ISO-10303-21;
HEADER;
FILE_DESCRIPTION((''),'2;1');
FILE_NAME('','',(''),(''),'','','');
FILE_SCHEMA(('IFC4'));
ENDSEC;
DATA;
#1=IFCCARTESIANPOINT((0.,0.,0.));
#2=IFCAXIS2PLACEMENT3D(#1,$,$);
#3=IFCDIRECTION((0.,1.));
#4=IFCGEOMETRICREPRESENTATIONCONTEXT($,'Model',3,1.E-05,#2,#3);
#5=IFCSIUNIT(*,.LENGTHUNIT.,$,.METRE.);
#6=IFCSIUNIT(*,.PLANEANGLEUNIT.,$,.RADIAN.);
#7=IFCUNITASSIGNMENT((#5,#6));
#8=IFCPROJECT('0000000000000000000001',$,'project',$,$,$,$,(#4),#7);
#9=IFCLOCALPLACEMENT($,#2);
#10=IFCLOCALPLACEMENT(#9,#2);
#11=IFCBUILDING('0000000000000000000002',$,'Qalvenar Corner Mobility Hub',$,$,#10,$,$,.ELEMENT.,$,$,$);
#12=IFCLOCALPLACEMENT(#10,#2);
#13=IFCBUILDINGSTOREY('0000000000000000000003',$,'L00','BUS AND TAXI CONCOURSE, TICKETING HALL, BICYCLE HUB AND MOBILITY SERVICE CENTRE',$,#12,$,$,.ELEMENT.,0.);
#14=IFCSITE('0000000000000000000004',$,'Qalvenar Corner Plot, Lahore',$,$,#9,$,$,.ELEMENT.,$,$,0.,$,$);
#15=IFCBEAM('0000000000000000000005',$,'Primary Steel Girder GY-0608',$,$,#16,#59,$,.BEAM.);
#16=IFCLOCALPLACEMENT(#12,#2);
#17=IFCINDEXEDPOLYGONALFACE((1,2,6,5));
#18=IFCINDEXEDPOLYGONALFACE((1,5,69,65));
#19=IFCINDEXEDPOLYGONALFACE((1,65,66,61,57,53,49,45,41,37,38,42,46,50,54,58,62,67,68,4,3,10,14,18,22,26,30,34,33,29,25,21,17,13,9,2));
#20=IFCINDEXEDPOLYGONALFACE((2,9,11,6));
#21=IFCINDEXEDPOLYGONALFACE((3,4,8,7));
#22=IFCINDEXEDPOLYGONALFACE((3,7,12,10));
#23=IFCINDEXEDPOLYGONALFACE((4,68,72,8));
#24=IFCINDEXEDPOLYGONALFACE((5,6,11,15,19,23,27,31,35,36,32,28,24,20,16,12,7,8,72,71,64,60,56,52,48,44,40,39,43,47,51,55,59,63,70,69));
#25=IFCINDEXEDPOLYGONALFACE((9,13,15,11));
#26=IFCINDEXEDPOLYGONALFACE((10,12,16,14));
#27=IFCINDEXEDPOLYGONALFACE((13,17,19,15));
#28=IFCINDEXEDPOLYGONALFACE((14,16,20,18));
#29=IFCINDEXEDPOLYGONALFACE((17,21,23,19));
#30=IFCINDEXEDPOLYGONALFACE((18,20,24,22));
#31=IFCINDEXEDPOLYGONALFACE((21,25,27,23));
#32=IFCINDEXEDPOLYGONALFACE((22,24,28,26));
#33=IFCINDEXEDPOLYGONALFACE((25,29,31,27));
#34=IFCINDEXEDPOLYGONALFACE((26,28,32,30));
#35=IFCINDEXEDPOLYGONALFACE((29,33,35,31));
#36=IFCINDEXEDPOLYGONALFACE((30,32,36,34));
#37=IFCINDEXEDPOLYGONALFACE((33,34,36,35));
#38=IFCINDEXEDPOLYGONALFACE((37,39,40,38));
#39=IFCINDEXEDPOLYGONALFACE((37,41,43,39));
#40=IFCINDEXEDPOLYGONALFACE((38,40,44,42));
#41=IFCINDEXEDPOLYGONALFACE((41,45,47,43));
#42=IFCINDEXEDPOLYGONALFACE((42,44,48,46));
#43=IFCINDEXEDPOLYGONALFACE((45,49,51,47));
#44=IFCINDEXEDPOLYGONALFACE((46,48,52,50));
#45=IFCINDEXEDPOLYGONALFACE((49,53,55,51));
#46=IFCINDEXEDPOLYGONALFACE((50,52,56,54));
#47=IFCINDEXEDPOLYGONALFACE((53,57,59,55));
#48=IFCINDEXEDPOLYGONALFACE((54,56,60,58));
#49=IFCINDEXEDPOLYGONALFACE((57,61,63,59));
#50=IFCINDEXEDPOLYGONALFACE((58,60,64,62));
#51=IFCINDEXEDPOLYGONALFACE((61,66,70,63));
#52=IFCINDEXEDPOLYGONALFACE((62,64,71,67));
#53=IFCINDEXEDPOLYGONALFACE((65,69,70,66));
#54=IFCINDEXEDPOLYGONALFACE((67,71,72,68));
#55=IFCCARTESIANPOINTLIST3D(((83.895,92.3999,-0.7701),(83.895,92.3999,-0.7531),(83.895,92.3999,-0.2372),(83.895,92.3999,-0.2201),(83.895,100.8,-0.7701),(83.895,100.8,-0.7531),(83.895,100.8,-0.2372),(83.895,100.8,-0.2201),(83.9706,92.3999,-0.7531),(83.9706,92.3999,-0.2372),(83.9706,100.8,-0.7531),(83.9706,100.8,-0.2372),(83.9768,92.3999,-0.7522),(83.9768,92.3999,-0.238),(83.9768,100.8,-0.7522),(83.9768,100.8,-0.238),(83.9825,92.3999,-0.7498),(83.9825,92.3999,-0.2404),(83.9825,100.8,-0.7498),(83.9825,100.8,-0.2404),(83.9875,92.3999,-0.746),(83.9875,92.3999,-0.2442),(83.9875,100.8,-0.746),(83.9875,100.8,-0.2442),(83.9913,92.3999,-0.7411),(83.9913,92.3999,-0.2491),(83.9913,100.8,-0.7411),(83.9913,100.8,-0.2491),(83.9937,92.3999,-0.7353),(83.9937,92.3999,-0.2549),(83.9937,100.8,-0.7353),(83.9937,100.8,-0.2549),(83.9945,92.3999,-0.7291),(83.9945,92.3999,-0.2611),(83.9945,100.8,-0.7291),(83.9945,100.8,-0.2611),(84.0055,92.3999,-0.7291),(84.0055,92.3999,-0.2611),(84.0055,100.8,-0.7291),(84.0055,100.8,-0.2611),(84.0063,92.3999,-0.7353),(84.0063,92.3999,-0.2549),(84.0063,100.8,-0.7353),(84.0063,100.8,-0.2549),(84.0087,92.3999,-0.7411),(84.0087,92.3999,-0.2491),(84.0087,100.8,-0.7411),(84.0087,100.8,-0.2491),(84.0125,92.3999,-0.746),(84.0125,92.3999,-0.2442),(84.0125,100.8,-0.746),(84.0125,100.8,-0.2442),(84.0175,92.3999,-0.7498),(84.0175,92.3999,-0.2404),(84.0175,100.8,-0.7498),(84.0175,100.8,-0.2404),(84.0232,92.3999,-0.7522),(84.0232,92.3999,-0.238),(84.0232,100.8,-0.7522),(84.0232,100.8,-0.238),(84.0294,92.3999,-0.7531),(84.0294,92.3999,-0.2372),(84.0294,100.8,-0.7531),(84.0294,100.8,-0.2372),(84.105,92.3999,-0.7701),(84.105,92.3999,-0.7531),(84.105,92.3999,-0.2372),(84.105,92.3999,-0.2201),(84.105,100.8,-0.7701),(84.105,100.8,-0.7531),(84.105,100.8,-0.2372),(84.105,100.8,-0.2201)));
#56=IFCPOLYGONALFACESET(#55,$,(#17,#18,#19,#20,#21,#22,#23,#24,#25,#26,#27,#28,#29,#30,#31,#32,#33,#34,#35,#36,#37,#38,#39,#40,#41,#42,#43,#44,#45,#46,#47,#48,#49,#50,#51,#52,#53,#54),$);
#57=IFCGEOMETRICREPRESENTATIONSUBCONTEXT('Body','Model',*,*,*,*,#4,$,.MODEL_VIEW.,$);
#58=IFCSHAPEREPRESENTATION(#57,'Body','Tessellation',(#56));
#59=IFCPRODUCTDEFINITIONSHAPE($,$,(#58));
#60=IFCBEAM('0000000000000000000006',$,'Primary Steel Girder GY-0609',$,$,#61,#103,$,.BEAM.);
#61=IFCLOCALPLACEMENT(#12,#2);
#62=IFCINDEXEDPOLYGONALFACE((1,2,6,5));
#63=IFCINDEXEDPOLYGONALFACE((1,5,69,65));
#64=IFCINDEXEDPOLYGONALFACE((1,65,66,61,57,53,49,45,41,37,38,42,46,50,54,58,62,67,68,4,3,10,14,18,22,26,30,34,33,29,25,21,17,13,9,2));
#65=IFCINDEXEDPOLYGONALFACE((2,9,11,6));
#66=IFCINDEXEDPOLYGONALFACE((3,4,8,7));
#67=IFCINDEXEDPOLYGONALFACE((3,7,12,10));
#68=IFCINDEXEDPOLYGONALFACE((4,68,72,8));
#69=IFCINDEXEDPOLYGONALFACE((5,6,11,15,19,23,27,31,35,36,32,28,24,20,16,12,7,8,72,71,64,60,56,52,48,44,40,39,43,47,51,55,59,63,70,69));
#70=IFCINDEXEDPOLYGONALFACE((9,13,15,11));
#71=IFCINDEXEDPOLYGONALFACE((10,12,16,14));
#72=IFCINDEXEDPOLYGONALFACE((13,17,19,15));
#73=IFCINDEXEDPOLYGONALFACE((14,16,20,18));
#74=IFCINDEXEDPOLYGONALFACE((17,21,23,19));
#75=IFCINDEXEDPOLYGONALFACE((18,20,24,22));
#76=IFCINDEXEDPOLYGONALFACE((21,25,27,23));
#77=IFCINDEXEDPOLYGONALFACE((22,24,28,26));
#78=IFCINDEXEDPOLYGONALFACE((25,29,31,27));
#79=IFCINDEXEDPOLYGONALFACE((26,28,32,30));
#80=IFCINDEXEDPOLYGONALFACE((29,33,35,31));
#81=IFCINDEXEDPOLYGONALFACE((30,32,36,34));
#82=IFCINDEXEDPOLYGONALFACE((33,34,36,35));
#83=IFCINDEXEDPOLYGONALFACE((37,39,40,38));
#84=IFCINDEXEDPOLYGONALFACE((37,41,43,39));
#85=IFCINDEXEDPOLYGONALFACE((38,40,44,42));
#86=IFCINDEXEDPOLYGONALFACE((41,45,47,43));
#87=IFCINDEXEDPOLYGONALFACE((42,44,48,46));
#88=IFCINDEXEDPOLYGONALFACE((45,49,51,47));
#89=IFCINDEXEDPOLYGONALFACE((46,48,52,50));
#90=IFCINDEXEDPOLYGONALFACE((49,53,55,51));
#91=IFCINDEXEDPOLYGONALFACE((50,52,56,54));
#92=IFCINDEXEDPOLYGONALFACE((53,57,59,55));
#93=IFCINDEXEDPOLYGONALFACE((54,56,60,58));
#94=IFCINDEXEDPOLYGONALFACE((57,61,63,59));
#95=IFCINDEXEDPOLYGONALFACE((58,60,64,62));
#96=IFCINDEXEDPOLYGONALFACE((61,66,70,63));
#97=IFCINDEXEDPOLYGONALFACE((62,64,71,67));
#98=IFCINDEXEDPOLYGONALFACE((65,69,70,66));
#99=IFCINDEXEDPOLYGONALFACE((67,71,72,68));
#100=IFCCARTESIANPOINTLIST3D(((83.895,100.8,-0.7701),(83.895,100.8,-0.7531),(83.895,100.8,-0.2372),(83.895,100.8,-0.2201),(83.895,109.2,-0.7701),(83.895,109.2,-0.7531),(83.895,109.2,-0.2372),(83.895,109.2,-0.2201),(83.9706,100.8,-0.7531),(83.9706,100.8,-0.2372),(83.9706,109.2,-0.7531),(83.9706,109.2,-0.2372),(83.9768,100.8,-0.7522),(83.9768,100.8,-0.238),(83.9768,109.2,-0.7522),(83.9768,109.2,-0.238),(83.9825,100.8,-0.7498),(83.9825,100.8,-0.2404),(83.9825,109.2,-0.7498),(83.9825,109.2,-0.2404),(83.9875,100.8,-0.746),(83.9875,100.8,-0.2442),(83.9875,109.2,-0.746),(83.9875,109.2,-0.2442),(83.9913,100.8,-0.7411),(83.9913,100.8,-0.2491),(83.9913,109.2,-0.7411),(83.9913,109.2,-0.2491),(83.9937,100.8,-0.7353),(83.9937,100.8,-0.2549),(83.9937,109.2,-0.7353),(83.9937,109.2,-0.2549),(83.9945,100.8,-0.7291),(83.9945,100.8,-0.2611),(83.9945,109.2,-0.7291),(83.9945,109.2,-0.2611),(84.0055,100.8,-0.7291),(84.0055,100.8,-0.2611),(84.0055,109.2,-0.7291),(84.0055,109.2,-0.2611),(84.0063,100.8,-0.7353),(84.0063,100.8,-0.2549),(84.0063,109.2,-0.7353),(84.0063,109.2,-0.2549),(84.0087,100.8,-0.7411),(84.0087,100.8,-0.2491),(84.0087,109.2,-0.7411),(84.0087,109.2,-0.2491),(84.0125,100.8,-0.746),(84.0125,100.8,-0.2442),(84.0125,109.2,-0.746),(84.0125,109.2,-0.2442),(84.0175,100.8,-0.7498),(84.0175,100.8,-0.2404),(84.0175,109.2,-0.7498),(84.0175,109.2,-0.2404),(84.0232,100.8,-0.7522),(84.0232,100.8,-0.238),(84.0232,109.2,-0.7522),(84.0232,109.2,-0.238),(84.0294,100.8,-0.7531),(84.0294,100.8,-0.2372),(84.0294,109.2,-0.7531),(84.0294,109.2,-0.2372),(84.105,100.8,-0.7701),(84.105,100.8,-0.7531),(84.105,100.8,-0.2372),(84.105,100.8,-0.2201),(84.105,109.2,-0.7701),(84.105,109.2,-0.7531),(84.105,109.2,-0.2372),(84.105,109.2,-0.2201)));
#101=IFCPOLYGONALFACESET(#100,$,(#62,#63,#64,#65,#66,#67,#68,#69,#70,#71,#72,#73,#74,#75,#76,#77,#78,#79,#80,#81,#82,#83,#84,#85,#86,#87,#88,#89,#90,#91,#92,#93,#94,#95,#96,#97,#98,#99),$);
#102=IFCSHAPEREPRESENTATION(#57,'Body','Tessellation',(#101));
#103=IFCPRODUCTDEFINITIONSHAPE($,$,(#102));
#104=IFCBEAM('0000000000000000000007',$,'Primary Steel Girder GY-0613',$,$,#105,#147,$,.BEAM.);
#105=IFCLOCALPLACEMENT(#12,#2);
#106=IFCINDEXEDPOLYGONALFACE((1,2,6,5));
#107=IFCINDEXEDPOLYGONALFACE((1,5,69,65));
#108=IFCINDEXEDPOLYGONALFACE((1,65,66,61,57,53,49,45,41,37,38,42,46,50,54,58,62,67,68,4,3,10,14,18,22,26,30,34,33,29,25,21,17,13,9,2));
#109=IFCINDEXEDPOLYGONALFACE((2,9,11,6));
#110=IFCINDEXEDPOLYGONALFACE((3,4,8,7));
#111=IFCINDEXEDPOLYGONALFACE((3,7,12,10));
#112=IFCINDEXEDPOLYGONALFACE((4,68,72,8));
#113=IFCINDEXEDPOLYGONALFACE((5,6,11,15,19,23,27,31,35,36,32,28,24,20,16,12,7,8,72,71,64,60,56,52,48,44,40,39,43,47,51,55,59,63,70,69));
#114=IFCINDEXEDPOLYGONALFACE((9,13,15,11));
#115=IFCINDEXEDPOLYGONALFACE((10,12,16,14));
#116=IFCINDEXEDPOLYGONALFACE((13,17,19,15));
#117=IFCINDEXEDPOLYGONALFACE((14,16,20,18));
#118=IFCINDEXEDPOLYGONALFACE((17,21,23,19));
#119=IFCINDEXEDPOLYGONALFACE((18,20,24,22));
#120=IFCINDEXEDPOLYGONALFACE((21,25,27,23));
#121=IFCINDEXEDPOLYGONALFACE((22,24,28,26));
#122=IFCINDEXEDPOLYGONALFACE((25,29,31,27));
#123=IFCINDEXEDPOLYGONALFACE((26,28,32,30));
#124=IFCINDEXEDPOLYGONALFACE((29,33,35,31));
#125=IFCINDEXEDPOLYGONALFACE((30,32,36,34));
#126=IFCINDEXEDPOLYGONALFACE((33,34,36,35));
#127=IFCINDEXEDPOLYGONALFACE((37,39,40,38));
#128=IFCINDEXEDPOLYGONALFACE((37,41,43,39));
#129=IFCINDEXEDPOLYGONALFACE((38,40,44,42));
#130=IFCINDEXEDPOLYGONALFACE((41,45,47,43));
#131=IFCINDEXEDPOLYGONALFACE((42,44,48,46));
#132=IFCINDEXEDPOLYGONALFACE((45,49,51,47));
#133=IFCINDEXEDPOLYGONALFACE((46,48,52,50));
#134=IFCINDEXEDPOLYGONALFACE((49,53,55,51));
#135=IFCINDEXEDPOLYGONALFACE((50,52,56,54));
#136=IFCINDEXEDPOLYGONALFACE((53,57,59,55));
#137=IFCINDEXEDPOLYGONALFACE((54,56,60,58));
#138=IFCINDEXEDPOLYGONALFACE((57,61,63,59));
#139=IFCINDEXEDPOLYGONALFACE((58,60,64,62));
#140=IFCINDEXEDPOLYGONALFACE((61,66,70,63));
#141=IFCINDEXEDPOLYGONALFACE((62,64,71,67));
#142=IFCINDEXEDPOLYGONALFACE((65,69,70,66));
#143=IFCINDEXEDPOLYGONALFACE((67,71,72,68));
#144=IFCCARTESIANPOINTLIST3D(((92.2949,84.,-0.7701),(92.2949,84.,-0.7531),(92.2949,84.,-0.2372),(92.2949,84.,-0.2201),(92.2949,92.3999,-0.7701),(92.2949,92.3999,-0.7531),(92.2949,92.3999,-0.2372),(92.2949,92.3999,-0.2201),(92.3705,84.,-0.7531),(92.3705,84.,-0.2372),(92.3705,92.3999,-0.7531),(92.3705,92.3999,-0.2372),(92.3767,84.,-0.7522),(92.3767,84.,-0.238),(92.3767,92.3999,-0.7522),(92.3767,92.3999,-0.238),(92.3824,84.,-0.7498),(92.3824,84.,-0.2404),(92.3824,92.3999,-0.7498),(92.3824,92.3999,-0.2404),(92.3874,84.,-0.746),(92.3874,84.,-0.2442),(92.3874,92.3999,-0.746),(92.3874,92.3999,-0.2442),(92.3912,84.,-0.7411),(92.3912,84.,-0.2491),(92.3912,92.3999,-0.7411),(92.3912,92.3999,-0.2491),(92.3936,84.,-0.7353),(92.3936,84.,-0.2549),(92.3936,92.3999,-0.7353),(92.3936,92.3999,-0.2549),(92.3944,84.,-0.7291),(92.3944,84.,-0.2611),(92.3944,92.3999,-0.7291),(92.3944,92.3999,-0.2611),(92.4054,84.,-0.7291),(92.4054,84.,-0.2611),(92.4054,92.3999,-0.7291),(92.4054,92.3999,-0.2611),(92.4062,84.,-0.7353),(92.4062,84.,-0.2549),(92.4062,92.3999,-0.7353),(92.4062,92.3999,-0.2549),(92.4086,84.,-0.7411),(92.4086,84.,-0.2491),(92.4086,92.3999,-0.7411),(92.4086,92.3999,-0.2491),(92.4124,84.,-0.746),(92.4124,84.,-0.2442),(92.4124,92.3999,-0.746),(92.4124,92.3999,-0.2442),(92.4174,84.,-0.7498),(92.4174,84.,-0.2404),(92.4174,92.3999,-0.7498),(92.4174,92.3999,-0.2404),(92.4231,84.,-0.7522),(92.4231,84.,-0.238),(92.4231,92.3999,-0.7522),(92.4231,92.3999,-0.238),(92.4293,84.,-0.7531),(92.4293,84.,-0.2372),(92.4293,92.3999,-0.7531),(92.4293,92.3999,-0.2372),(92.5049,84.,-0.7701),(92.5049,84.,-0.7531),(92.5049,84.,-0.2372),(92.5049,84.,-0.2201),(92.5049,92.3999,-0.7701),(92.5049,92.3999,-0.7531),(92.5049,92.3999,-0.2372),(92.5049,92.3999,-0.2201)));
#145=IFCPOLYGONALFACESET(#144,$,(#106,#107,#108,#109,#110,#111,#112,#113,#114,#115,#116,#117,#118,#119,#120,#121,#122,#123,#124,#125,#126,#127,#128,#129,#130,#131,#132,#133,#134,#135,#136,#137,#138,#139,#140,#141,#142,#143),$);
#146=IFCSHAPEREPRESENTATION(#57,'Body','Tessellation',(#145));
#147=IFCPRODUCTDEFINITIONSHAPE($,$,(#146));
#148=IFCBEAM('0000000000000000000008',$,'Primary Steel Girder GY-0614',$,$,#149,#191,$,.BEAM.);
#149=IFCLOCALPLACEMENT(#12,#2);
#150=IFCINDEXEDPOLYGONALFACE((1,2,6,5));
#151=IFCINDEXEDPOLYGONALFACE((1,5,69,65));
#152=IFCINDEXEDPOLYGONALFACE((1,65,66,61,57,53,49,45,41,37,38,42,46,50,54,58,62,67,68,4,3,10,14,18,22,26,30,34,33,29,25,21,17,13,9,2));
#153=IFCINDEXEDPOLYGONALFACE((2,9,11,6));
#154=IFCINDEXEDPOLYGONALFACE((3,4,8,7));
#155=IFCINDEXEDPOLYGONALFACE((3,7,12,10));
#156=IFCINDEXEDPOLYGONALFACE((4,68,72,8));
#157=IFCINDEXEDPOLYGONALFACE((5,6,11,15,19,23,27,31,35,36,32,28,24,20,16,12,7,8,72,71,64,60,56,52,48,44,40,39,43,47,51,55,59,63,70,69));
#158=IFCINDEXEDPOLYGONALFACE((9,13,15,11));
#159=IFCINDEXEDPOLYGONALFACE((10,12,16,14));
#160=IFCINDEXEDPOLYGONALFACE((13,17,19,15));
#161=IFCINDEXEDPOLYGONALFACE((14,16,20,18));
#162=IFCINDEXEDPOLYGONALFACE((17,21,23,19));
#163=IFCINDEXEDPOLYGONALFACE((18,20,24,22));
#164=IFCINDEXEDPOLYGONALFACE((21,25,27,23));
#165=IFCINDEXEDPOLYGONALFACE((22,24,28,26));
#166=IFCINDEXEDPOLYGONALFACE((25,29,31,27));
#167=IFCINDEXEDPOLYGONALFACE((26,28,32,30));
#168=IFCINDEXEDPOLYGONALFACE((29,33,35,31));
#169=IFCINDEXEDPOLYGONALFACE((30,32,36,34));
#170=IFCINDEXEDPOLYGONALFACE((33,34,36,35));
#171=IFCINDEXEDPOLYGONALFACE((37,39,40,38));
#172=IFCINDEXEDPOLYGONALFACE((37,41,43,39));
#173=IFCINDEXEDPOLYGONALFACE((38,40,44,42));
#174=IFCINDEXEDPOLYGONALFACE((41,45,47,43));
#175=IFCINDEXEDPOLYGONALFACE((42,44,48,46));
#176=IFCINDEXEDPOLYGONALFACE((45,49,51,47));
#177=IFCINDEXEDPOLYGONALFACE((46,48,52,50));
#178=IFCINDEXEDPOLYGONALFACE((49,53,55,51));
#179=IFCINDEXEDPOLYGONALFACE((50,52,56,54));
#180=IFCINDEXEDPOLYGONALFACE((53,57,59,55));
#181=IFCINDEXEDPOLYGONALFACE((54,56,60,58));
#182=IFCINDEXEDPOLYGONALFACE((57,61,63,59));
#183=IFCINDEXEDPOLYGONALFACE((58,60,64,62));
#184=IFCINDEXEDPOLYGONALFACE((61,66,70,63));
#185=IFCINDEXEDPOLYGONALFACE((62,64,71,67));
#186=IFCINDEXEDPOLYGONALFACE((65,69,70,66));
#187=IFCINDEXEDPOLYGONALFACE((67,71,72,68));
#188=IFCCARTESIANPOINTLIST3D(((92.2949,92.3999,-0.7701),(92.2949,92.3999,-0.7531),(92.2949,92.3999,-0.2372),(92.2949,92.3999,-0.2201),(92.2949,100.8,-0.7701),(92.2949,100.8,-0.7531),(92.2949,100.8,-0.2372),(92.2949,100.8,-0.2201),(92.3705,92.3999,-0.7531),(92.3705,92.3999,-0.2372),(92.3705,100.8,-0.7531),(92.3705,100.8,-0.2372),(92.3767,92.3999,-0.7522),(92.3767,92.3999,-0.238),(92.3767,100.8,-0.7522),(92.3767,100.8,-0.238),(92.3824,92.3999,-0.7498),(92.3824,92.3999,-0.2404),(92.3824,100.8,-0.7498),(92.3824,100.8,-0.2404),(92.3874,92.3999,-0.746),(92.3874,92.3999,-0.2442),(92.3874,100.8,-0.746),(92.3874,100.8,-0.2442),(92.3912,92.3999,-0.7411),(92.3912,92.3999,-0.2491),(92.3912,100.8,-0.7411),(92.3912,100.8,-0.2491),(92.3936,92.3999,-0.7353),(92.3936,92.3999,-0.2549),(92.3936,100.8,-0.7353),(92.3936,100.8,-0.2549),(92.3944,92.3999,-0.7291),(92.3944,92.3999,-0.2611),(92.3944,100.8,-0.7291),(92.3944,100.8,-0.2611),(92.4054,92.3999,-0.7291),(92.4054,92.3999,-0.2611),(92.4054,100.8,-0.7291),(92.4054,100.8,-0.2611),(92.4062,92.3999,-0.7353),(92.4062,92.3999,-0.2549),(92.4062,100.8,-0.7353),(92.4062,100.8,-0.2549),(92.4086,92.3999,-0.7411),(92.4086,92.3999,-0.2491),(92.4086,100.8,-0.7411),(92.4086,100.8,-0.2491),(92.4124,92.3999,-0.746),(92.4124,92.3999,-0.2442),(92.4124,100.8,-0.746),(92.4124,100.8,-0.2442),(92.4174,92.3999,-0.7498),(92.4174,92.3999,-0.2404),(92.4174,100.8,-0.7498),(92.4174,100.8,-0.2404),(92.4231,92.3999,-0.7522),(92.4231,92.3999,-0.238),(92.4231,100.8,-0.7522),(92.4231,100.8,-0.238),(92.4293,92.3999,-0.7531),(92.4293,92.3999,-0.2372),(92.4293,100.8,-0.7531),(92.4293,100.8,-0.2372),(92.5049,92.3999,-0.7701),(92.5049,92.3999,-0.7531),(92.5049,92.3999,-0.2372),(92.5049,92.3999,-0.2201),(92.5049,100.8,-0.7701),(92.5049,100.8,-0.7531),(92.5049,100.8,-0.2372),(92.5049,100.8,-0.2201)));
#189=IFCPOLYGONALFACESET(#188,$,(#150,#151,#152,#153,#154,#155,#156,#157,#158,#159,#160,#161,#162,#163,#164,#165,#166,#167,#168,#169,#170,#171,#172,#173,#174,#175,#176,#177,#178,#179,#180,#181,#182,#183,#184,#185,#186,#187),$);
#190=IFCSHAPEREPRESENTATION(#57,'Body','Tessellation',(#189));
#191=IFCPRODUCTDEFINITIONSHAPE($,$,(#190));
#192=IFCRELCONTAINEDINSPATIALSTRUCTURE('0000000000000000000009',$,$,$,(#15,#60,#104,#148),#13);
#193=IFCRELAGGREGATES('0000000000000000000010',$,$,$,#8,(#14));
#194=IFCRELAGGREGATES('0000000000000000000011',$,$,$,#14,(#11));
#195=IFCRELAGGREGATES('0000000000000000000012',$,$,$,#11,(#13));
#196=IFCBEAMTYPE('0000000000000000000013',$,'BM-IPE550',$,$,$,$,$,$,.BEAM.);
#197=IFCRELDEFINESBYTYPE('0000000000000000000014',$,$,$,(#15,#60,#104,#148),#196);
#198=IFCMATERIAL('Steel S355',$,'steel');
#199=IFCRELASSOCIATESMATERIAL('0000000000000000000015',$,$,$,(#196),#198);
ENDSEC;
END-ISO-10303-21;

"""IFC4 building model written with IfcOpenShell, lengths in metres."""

from ifc_helpers import new_model, si_unit, direction, frame, origin, origin_2d, place, context, subcontext, project, spatial, i_section, extrude, material, material_profile, profile_set, type_object, element, save


model = new_model("IFC4")

# Units and contexts
model_context = context("Model", 3, precision=1e-05, world=origin(), true_north=direction((0.0, 1.0)))
body_context = subcontext(model_context, "Body", "Model", "MODEL_VIEW")
ifc_project = project(units=[si_unit("LENGTHUNIT", "METRE"), si_unit("PLANEANGLEUNIT", "RADIAN")], contexts=[model_context])

# Site, building, storey
site_placement = place(None, origin())
site = spatial("IfcSite", under=ifc_project, at=site_placement, Name="Qalvenar Corner Plot, Lahore", CompositionType="ELEMENT", RefElevation=0.0)
building_placement = place(site_placement, origin())
building = spatial("IfcBuilding", under=site, at=building_placement, Name="Qalvenar Corner Mobility Hub", CompositionType="ELEMENT")
storey_placement = place(building_placement, origin())
storey = spatial("IfcBuildingStorey", under=building, at=storey_placement, Name="L00", Description="BUS AND TAXI CONCOURSE, TICKETING HALL, BICYCLE HUB AND MOBILITY SERVICE CENTRE", CompositionType="ELEMENT", Elevation=0.0)

# Shared definitions
ifc_material = material(Name="Steel S355", Category="steel")

# Beams
ifc_material_profile_1 = material_profile(ifc_material, i_section(OverallWidth=0.21, OverallDepth=0.55, WebThickness=0.011, FlangeThickness=0.0171, FilletRadius=0.0239, at=origin_2d()), Name="IPE550")
ifc_profile_set_1 = profile_set([ifc_material_profile_1], Name="Steel S355")
beam_type_1 = type_object("IfcBeamType", Name="BM-IPE550", PredefinedType="BEAM", material=ifc_profile_set_1)
beam_1_placement = place(storey_placement, frame((84.0, 92.3999, -0.4951), z_axis=(0.0, 1.0, 0.0), x_axis=(-1.0, 0.0, 0.0)))
element("IfcBeam", 1, at=beam_1_placement, inside=storey, type_object=beam_type_1, Name="Primary Steel Girder GY-0608", PredefinedType="BEAM", context=body_context, shape_type="SweptSolid", body=[
    extrude(i_section(OverallWidth=0.21, OverallDepth=0.55, WebThickness=0.011, FlangeThickness=0.0171, FilletRadius=0.0239, at=origin_2d()), origin(), (0.0, 0.0, 1.0), 8.4001),
])
for number, where, z_axis, x_axis, name in (
    (2, (84.0, 100.8, -0.4951), (0.0, 1.0, 0.0), (-1.0, 0.0, 0.0), "Primary Steel Girder GY-0609"),
    (3, (92.3999, 84.0, -0.4951), (0.0, 1.0, 0.0), (-1.0, 0.0, 0.0), "Primary Steel Girder GY-0613"),
):
    element("IfcBeam", number, at=place(storey_placement, frame(where, z_axis=z_axis, x_axis=x_axis)), inside=storey, type_object=beam_type_1, Name=name, PredefinedType="BEAM", context=body_context, shape_type="SweptSolid", body=[
        extrude(i_section(OverallWidth=0.21, OverallDepth=0.55, WebThickness=0.011, FlangeThickness=0.0171, FilletRadius=0.0239, at=origin_2d()), origin(), (0.0, 0.0, 1.0), 8.3999),
    ])
beam_2_placement = place(storey_placement, frame((92.3999, 92.3999, -0.4951), z_axis=(0.0, 1.0, 0.0), x_axis=(-1.0, 0.0, 0.0)))
element("IfcBeam", 4, at=beam_2_placement, inside=storey, type_object=beam_type_1, Name="Primary Steel Girder GY-0614", PredefinedType="BEAM", context=body_context, shape_type="SweptSolid", body=[
    extrude(i_section(OverallWidth=0.21, OverallDepth=0.55, WebThickness=0.011, FlangeThickness=0.0171, FilletRadius=0.0239, at=origin_2d()), origin(), (0.0, 0.0, 1.0), 8.4001),
])

save(model, "model.ifc")
